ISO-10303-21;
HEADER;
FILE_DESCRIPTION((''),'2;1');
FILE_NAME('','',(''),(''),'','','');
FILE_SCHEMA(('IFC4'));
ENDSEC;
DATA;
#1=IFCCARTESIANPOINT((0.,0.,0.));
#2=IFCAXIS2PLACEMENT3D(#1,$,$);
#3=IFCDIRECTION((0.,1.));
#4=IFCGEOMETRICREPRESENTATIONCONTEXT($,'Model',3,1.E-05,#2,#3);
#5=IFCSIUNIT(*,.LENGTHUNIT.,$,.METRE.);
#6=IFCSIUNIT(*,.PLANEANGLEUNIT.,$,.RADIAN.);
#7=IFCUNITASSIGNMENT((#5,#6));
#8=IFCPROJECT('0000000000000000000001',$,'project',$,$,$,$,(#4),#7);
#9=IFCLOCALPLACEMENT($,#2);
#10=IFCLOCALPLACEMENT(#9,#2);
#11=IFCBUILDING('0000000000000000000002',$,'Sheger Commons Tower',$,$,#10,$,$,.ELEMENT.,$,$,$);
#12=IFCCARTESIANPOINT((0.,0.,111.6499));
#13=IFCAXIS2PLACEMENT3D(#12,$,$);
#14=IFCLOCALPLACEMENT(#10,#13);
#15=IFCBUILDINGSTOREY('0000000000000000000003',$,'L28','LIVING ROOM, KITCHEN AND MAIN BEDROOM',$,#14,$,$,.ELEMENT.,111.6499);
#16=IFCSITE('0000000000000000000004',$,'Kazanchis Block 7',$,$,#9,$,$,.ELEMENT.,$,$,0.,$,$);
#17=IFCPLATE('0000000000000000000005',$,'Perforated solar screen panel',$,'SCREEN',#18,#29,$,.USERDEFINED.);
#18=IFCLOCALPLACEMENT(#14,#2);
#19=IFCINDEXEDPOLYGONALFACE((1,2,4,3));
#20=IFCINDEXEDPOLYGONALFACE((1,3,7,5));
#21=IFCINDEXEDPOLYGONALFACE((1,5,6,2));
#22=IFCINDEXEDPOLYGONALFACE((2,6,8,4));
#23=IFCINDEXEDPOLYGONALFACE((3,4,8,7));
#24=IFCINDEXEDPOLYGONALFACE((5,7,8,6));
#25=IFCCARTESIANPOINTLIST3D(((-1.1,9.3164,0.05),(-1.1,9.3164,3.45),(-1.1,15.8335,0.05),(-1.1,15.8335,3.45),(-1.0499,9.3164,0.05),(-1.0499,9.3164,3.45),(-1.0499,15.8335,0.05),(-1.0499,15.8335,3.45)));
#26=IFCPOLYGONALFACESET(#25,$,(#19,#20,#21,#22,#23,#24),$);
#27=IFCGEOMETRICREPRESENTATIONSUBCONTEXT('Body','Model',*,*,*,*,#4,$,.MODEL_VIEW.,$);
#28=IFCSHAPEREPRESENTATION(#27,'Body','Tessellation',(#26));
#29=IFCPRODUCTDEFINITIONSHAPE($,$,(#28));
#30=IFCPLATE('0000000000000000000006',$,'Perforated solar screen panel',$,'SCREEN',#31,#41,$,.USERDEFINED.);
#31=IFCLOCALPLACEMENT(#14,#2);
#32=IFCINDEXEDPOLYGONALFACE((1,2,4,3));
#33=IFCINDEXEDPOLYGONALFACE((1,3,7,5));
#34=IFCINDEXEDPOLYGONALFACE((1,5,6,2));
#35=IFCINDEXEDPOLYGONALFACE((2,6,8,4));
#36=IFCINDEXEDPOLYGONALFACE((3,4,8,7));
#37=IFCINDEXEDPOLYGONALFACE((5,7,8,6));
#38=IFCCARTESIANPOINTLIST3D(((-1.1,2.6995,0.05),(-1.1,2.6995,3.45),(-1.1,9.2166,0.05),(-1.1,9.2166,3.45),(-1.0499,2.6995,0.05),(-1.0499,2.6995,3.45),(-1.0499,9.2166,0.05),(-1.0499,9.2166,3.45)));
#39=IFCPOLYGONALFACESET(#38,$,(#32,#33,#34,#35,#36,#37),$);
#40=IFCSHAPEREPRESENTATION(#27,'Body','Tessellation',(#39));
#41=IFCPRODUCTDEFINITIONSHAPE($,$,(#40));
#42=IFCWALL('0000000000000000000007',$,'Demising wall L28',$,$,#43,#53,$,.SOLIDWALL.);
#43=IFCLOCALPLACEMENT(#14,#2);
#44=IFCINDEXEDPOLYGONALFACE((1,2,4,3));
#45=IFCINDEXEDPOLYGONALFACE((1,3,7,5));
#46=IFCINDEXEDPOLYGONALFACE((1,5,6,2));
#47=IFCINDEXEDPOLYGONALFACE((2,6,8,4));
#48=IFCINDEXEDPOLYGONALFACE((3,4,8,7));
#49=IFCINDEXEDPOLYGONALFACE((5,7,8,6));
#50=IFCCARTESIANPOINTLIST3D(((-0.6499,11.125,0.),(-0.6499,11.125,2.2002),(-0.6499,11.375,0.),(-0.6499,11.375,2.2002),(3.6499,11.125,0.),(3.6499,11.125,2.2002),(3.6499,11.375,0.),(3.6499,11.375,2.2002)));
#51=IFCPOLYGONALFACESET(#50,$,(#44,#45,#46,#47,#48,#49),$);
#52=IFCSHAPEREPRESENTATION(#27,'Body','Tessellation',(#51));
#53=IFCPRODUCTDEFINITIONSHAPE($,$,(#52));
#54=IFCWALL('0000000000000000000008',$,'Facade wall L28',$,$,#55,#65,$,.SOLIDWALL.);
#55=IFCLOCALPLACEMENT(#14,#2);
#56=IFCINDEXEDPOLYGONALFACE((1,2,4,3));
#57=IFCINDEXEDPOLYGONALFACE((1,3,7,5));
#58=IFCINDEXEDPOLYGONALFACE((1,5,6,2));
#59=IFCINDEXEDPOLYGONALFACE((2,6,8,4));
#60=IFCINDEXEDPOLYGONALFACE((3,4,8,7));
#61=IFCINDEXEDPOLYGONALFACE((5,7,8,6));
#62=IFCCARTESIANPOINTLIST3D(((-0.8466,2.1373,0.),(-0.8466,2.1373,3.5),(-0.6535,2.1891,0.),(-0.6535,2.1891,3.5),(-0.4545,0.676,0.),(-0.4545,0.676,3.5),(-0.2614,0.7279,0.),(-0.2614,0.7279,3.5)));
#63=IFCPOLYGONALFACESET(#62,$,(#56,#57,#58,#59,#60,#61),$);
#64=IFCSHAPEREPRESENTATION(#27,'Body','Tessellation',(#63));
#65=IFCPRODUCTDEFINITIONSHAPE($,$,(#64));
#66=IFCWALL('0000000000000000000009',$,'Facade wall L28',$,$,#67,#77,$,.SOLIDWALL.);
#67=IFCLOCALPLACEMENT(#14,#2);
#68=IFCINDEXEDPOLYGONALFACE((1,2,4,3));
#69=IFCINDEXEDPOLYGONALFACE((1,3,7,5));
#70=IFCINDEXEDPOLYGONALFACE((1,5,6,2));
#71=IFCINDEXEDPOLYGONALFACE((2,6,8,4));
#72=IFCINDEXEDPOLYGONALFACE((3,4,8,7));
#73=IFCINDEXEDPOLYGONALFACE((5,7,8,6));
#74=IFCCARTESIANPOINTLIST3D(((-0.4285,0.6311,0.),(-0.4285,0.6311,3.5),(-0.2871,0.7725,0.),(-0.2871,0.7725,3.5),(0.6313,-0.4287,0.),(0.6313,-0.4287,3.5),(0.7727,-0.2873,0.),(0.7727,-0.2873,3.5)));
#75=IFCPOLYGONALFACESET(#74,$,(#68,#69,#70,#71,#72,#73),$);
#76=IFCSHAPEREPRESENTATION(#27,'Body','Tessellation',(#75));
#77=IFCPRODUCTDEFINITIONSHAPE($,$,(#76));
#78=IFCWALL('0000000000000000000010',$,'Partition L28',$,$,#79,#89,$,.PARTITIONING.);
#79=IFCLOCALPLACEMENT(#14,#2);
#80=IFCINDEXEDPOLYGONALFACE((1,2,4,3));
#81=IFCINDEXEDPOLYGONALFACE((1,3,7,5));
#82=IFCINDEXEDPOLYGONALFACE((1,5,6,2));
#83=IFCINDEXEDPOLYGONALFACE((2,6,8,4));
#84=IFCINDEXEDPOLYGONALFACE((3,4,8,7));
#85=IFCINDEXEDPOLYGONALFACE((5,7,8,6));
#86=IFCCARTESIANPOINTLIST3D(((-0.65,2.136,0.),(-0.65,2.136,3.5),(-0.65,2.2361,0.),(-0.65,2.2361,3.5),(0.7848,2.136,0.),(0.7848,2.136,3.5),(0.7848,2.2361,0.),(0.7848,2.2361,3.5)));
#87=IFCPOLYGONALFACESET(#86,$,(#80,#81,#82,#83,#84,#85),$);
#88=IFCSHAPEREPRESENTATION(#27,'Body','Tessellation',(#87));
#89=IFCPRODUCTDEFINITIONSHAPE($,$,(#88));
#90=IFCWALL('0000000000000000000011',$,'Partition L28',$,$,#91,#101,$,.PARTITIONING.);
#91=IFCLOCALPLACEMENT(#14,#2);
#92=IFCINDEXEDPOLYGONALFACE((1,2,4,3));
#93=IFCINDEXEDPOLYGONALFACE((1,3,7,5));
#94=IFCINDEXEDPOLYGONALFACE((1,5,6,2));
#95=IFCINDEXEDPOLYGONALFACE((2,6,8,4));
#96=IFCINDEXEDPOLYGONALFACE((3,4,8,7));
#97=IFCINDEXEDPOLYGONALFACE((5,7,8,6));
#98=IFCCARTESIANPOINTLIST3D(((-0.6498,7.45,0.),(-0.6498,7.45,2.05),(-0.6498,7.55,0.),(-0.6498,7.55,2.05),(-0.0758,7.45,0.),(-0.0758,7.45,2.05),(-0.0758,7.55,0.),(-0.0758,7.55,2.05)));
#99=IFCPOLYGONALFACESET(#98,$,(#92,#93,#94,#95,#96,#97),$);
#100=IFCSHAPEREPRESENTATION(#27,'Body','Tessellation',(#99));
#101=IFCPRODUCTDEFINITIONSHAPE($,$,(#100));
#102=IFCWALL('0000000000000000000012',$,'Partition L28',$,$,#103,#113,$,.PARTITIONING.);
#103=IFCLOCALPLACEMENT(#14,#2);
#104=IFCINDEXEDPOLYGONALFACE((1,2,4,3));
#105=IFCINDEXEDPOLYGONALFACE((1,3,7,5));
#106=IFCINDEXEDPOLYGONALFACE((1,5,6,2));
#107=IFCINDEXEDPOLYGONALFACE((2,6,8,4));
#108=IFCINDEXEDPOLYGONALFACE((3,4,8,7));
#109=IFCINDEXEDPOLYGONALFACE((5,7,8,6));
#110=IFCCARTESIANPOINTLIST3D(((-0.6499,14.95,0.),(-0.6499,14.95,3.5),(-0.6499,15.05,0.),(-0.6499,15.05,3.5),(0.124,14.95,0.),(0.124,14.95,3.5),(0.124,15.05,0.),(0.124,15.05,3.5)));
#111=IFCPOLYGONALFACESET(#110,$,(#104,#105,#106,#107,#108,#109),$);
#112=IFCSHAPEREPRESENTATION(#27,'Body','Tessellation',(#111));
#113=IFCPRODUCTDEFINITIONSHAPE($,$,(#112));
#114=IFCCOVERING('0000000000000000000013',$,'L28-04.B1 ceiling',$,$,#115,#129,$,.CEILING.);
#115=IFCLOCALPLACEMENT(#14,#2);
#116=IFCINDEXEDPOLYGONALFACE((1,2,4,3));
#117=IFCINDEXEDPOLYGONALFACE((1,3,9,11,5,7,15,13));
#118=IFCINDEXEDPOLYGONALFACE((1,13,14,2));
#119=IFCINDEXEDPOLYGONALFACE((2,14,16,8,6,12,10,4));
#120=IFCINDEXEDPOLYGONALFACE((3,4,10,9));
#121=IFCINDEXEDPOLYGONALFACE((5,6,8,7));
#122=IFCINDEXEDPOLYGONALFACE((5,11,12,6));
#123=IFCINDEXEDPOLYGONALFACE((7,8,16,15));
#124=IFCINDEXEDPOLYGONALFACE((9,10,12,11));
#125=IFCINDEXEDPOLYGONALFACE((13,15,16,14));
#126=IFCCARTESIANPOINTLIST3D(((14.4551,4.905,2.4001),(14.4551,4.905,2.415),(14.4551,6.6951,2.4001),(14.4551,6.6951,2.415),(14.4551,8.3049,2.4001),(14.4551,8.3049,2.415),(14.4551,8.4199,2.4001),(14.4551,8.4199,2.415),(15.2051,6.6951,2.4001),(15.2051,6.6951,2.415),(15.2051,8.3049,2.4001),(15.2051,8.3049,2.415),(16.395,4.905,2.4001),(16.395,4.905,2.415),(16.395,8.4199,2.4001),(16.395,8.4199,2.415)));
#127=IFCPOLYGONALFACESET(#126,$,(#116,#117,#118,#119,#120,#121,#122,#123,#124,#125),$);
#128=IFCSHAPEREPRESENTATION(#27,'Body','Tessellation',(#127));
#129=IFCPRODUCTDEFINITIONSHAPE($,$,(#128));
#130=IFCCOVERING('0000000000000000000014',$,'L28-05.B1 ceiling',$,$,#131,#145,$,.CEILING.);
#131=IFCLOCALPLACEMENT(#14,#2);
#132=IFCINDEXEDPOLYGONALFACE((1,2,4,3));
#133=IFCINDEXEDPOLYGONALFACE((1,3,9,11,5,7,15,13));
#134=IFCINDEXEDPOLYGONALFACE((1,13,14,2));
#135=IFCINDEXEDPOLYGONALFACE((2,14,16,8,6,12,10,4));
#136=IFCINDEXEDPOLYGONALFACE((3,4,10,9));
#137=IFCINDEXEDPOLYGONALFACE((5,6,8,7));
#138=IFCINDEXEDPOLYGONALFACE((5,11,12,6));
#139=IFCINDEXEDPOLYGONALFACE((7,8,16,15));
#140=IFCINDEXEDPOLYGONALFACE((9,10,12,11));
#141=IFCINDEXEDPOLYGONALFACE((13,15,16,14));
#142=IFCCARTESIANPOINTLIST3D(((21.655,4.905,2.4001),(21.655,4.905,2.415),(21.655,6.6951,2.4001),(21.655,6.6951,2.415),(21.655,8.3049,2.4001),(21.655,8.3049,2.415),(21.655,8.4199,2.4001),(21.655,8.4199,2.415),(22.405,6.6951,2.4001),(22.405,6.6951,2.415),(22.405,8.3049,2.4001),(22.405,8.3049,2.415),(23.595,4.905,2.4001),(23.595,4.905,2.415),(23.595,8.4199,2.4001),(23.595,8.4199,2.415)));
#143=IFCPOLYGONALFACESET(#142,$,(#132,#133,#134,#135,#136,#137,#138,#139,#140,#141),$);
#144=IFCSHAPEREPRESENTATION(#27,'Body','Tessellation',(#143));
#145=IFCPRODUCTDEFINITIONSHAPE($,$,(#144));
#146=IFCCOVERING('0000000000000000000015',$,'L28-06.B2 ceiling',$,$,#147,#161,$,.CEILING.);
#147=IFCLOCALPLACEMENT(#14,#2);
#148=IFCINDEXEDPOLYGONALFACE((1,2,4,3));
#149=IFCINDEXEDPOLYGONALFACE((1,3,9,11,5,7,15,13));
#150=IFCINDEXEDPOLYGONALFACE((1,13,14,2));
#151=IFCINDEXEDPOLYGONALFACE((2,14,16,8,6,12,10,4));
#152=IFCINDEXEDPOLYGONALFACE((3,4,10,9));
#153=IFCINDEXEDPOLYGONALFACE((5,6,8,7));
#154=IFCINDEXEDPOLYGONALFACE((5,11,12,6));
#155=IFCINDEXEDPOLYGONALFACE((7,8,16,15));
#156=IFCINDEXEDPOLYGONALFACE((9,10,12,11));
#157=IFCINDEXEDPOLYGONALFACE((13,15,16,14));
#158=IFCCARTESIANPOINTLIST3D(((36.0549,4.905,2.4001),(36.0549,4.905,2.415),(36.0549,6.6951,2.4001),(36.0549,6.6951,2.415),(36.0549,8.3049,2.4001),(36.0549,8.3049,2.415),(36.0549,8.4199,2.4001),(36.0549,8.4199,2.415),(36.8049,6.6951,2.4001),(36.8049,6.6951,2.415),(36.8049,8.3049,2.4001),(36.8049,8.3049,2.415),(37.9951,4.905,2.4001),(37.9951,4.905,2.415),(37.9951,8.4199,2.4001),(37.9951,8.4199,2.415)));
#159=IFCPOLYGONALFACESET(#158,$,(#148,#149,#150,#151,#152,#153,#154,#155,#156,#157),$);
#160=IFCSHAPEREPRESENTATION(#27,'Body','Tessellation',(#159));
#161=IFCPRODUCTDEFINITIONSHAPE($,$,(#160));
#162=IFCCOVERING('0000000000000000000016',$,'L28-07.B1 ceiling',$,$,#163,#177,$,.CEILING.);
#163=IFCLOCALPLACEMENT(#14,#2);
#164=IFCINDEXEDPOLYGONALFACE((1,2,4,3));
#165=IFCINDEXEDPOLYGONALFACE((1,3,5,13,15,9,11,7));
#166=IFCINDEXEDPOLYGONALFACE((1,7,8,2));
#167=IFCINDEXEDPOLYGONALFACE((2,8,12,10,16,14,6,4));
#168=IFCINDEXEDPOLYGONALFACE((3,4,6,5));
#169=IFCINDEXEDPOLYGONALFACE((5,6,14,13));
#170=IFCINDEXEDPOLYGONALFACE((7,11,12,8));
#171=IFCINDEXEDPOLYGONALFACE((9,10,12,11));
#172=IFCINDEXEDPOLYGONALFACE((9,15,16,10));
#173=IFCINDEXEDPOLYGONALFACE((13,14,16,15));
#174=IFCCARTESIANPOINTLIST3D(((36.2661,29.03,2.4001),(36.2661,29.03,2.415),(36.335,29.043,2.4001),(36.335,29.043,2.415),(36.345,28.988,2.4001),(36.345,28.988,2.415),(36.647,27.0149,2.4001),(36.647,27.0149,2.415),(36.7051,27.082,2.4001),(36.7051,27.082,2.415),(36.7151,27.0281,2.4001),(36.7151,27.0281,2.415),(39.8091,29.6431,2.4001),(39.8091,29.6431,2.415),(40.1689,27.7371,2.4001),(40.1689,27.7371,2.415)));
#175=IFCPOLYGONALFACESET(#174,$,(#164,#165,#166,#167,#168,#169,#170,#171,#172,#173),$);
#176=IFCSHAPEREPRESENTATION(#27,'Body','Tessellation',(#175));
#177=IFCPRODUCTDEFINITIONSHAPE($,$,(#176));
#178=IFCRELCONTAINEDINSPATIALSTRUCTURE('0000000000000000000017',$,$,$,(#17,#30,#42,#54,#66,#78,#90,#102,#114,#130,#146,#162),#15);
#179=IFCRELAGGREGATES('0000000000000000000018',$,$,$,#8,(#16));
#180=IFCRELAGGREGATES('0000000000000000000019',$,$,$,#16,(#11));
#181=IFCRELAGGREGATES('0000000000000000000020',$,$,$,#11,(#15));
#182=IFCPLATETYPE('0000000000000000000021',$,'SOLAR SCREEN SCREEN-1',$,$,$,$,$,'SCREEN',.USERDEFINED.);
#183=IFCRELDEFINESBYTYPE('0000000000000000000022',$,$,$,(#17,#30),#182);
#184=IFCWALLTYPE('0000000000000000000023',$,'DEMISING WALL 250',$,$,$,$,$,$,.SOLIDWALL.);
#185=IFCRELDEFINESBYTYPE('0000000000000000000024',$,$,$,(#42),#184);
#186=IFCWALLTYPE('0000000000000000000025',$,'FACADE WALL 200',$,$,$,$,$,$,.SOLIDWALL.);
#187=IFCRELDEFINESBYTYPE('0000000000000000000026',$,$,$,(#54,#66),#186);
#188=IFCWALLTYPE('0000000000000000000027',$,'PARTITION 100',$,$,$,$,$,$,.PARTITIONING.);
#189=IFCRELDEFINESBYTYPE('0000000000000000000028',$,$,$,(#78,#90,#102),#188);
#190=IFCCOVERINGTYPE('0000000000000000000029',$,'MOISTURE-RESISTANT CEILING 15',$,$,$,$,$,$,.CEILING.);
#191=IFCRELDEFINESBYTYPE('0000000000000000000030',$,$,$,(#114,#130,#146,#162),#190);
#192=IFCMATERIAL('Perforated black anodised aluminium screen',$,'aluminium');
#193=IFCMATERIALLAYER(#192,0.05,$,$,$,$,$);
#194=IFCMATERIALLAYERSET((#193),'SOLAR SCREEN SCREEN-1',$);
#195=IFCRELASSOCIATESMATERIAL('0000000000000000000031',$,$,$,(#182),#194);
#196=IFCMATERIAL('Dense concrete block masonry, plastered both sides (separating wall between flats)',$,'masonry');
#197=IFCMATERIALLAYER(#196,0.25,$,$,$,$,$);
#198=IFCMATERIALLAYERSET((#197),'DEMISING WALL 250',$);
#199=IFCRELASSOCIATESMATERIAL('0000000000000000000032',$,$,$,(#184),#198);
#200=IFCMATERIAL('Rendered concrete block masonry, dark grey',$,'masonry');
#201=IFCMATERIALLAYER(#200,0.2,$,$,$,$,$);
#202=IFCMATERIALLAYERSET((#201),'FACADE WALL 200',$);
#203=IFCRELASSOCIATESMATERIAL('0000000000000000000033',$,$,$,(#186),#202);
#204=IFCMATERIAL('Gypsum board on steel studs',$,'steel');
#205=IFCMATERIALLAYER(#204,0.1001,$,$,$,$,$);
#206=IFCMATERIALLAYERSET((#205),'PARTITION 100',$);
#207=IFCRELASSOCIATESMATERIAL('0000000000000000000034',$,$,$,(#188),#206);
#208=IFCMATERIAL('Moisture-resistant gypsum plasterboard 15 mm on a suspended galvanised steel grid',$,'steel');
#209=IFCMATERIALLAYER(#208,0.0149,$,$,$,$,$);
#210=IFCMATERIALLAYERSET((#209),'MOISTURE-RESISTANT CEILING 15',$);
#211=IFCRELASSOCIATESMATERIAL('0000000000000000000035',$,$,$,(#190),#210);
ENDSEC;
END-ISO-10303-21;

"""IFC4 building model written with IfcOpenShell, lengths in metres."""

from ifc_helpers import new_model, si_unit, direction, frame, frame_2d, origin, origin_2d, place, context, subcontext, project, spatial, polyline, rectangle, outline, extrude, material, layer, layer_set, type_object, element, save


model = new_model("IFC4")

# Units and contexts
model_context = context("Model", 3, precision=1e-05, world=origin(), true_north=direction((0.0, 1.0)))
body_context = subcontext(model_context, "Body", "Model", "MODEL_VIEW")
ifc_project = project(units=[si_unit("LENGTHUNIT", "METRE"), si_unit("PLANEANGLEUNIT", "RADIAN")], contexts=[model_context])

# Site, building, storey
site_placement = place(None, origin())
site = spatial("IfcSite", under=ifc_project, at=site_placement, Name="Kazanchis Block 7", CompositionType="ELEMENT", RefElevation=0.0)
building_placement = place(site_placement, origin())
building = spatial("IfcBuilding", under=site, at=building_placement, Name="Sheger Commons Tower", CompositionType="ELEMENT")
storey_placement = place(building_placement, frame((0.0, 0.0, 111.6499)))
storey = spatial("IfcBuildingStorey", under=building, at=storey_placement, Name="L28", Description="LIVING ROOM, KITCHEN AND MAIN BEDROOM", CompositionType="ELEMENT", Elevation=111.6499)

# Plates
ifc_material_1 = material(Name="Perforated black anodised aluminium screen", Category="aluminium")
ifc_layer_1 = layer(ifc_material_1, 0.05)
ifc_layer_set_1 = layer_set([ifc_layer_1], Name="SOLAR SCREEN SCREEN-1")
plate_type = type_object("IfcPlateType", Name="SOLAR SCREEN SCREEN-1", ElementType="SCREEN", PredefinedType="USERDEFINED", material=ifc_layer_set_1)
for number, where, z_axis, x_axis, name in (
    (1, (-1.075, 12.575, 0.05), (0.0, 0.0, 1.0), (0.0, -1.0, 0.0), "Perforated solar screen panel"),
    (2, (-1.075, 5.958, 0.05), (0.0, 0.0, 1.0), (0.0, -1.0, 0.0), "Perforated solar screen panel"),
):
    element("IfcPlate", number, at=place(storey_placement, frame(where, z_axis=z_axis, x_axis=x_axis)), inside=storey, type_object=plate_type, Name=name, ObjectType="SCREEN", PredefinedType="USERDEFINED", context=body_context, shape_type="SweptSolid", body=[
        extrude(rectangle(XDim=6.5171, YDim=0.05, at=origin_2d()), origin(), (0.0, 0.0, 1.0), 3.3999),
    ])

# Walls
ifc_material_2 = material(Name="Dense concrete block masonry, plastered both sides (separating wall between flats)", Category="masonry")
ifc_layer_2 = layer(ifc_material_2, 0.25)
ifc_layer_set_2 = layer_set([ifc_layer_2], Name="DEMISING WALL 250")
wall_type_1 = type_object("IfcWallType", Name="DEMISING WALL 250", PredefinedType="SOLIDWALL", material=ifc_layer_set_2)
wall_1_placement = place(storey_placement, frame((-0.6499, 11.25, 0.0), z_axis=(0.0, 0.0, 1.0), x_axis=(1.0, 0.0, 0.0)))
element("IfcWall", 3, at=wall_1_placement, inside=storey, type_object=wall_type_1, Name="Demising wall L28", PredefinedType="SOLIDWALL", context=body_context, shape_type="SweptSolid", body=[
    extrude(rectangle(XDim=4.2998, YDim=0.25, at=frame_2d((2.1499, 0.0))), origin(), (0.0, 0.0, 1.0), 2.2002),
])
ifc_material_3 = material(Name="Rendered concrete block masonry, dark grey", Category="masonry")
ifc_layer_3 = layer(ifc_material_3, 0.2)
ifc_layer_set_3 = layer_set([ifc_layer_3], Name="FACADE WALL 200")
wall_type_2 = type_object("IfcWallType", Name="FACADE WALL 200", PredefinedType="SOLIDWALL", material=ifc_layer_set_3)
wall_2_placement = place(storey_placement, frame((-0.75, 2.1631, 0.0), z_axis=(0.0, 0.0, 1.0), x_axis=(0.259169, -0.965832, 0.0)))
element("IfcWall", 4, at=wall_2_placement, inside=storey, type_object=wall_type_2, Name="Facade wall L28", PredefinedType="SOLIDWALL", context=body_context, shape_type="SweptSolid", body=[
    extrude(rectangle(XDim=1.5129, YDim=0.2, at=frame_2d((0.7563, 0.0))), origin(), (0.0, 0.0, 1.0), 3.5),
])
wall_3_placement = place(storey_placement, frame((-0.3579, 0.7019, 0.0), z_axis=(0.0, 0.0, 1.0), x_axis=(0.707107, -0.707107, 0.0)))
element("IfcWall", 5, at=wall_3_placement, inside=storey, type_object=wall_type_2, Name="Facade wall L28", PredefinedType="SOLIDWALL", context=body_context, shape_type="SweptSolid", body=[
    extrude(rectangle(XDim=1.4988, YDim=0.2, at=frame_2d((0.7495, 0.0))), origin(), (0.0, 0.0, 1.0), 3.5),
])
ifc_material_4 = material(Name="Gypsum board on steel studs", Category="steel")
ifc_layer_4 = layer(ifc_material_4, 0.1001)
ifc_layer_set_4 = layer_set([ifc_layer_4], Name="PARTITION 100")
wall_type_3 = type_object("IfcWallType", Name="PARTITION 100", PredefinedType="PARTITIONING", material=ifc_layer_set_4)
wall_4_placement = place(storey_placement, frame((-0.6499, 2.186, 0.0), z_axis=(0.0, 0.0, 1.0), x_axis=(1.0, 0.0, 0.0)))
element("IfcWall", 6, at=wall_4_placement, inside=storey, type_object=wall_type_3, Name="Partition L28", PredefinedType="PARTITIONING", context=body_context, shape_type="SweptSolid", body=[
    extrude(rectangle(XDim=1.4348, YDim=0.1001, at=frame_2d((0.7173, 0.0))), origin(), (0.0, 0.0, 1.0), 3.5),
])
wall_5_placement = place(storey_placement, frame((-0.6499, 7.5, 0.0), z_axis=(0.0, 0.0, 1.0), x_axis=(1.0, 0.0, 0.0)))
element("IfcWall", 7, at=wall_5_placement, inside=storey, type_object=wall_type_3, Name="Partition L28", PredefinedType="PARTITIONING", context=body_context, shape_type="SweptSolid", body=[
    extrude(rectangle(XDim=0.574, YDim=0.1001, at=frame_2d((0.2871, 0.0))), origin(), (0.0, 0.0, 1.0), 2.05),
])
wall_6_placement = place(storey_placement, frame((-0.6499, 15.0, 0.0), z_axis=(0.0, 0.0, 1.0), x_axis=(1.0, 0.0, 0.0)))
element("IfcWall", 8, at=wall_6_placement, inside=storey, type_object=wall_type_3, Name="Partition L28", PredefinedType="PARTITIONING", context=body_context, shape_type="SweptSolid", body=[
    extrude(rectangle(XDim=0.7739, YDim=0.1001, at=frame_2d((0.387, 0.0))), origin(), (0.0, 0.0, 1.0), 3.5),
])

# Coverings
ifc_material_5 = material(Name="Moisture-resistant gypsum plasterboard 15 mm on a suspended galvanised steel grid", Category="steel")
ifc_layer_5 = layer(ifc_material_5, 0.0149)
ifc_layer_set_5 = layer_set([ifc_layer_5], Name="MOISTURE-RESISTANT CEILING 15")
covering_type_1 = type_object("IfcCoveringType", Name="MOISTURE-RESISTANT CEILING 15", PredefinedType="CEILING", material=ifc_layer_set_5)
covering_1_placement = place(storey_placement, frame((0.0, 0.0, 2.4001)))
element("IfcCovering", 9, at=covering_1_placement, inside=storey, type_object=covering_type_1, Name="L28-04.B1 ceiling", PredefinedType="CEILING", context=body_context, shape_type="SweptSolid", body=[
    extrude(outline(polyline([(14.4551, 4.905), (16.395, 4.905), (16.395, 8.4199), (14.4551, 8.4199), (14.4551, 8.3049), (15.2051, 8.3049), (15.2051, 6.6951), (14.4551, 6.6951), (14.4551, 4.905)])), origin(), (0.0, 0.0, 1.0), 0.0149),
])
covering_2_placement = place(storey_placement, frame((0.0, 0.0, 2.4001)))
element("IfcCovering", 10, at=covering_2_placement, inside=storey, type_object=covering_type_1, Name="L28-05.B1 ceiling", PredefinedType="CEILING", context=body_context, shape_type="SweptSolid", body=[
    extrude(outline(polyline([(21.655, 4.905), (23.595, 4.905), (23.595, 8.4199), (21.655, 8.4199), (21.655, 8.3049), (22.405, 8.3049), (22.405, 6.6951), (21.655, 6.6951), (21.655, 4.905)])), origin(), (0.0, 0.0, 1.0), 0.0149),
])
covering_3_placement = place(storey_placement, frame((0.0, 0.0, 2.4001)))
element("IfcCovering", 11, at=covering_3_placement, inside=storey, type_object=covering_type_1, Name="L28-06.B2 ceiling", PredefinedType="CEILING", context=body_context, shape_type="SweptSolid", body=[
    extrude(outline(polyline([(36.0549, 4.905), (37.9951, 4.905), (37.9951, 8.4199), (36.0549, 8.4199), (36.0549, 8.3049), (36.8049, 8.3049), (36.8049, 6.6951), (36.0549, 6.6951), (36.0549, 4.905)])), origin(), (0.0, 0.0, 1.0), 0.0149),
])
covering_4_placement = place(storey_placement, frame((0.0, 0.0, 2.4001)))
element("IfcCovering", 12, at=covering_4_placement, inside=storey, type_object=covering_type_1, Name="L28-07.B1 ceiling", PredefinedType="CEILING", context=body_context, shape_type="SweptSolid", body=[
    extrude(outline(polyline([(36.647, 27.0149), (36.7151, 27.0281), (36.7051, 27.082), (40.1689, 27.7371), (39.8091, 29.6431), (36.345, 28.988), (36.335, 29.043), (36.2661, 29.03), (36.647, 27.0149)])), origin(), (0.0, 0.0, 1.0), 0.0149),
])

save(model, "model.ifc")
